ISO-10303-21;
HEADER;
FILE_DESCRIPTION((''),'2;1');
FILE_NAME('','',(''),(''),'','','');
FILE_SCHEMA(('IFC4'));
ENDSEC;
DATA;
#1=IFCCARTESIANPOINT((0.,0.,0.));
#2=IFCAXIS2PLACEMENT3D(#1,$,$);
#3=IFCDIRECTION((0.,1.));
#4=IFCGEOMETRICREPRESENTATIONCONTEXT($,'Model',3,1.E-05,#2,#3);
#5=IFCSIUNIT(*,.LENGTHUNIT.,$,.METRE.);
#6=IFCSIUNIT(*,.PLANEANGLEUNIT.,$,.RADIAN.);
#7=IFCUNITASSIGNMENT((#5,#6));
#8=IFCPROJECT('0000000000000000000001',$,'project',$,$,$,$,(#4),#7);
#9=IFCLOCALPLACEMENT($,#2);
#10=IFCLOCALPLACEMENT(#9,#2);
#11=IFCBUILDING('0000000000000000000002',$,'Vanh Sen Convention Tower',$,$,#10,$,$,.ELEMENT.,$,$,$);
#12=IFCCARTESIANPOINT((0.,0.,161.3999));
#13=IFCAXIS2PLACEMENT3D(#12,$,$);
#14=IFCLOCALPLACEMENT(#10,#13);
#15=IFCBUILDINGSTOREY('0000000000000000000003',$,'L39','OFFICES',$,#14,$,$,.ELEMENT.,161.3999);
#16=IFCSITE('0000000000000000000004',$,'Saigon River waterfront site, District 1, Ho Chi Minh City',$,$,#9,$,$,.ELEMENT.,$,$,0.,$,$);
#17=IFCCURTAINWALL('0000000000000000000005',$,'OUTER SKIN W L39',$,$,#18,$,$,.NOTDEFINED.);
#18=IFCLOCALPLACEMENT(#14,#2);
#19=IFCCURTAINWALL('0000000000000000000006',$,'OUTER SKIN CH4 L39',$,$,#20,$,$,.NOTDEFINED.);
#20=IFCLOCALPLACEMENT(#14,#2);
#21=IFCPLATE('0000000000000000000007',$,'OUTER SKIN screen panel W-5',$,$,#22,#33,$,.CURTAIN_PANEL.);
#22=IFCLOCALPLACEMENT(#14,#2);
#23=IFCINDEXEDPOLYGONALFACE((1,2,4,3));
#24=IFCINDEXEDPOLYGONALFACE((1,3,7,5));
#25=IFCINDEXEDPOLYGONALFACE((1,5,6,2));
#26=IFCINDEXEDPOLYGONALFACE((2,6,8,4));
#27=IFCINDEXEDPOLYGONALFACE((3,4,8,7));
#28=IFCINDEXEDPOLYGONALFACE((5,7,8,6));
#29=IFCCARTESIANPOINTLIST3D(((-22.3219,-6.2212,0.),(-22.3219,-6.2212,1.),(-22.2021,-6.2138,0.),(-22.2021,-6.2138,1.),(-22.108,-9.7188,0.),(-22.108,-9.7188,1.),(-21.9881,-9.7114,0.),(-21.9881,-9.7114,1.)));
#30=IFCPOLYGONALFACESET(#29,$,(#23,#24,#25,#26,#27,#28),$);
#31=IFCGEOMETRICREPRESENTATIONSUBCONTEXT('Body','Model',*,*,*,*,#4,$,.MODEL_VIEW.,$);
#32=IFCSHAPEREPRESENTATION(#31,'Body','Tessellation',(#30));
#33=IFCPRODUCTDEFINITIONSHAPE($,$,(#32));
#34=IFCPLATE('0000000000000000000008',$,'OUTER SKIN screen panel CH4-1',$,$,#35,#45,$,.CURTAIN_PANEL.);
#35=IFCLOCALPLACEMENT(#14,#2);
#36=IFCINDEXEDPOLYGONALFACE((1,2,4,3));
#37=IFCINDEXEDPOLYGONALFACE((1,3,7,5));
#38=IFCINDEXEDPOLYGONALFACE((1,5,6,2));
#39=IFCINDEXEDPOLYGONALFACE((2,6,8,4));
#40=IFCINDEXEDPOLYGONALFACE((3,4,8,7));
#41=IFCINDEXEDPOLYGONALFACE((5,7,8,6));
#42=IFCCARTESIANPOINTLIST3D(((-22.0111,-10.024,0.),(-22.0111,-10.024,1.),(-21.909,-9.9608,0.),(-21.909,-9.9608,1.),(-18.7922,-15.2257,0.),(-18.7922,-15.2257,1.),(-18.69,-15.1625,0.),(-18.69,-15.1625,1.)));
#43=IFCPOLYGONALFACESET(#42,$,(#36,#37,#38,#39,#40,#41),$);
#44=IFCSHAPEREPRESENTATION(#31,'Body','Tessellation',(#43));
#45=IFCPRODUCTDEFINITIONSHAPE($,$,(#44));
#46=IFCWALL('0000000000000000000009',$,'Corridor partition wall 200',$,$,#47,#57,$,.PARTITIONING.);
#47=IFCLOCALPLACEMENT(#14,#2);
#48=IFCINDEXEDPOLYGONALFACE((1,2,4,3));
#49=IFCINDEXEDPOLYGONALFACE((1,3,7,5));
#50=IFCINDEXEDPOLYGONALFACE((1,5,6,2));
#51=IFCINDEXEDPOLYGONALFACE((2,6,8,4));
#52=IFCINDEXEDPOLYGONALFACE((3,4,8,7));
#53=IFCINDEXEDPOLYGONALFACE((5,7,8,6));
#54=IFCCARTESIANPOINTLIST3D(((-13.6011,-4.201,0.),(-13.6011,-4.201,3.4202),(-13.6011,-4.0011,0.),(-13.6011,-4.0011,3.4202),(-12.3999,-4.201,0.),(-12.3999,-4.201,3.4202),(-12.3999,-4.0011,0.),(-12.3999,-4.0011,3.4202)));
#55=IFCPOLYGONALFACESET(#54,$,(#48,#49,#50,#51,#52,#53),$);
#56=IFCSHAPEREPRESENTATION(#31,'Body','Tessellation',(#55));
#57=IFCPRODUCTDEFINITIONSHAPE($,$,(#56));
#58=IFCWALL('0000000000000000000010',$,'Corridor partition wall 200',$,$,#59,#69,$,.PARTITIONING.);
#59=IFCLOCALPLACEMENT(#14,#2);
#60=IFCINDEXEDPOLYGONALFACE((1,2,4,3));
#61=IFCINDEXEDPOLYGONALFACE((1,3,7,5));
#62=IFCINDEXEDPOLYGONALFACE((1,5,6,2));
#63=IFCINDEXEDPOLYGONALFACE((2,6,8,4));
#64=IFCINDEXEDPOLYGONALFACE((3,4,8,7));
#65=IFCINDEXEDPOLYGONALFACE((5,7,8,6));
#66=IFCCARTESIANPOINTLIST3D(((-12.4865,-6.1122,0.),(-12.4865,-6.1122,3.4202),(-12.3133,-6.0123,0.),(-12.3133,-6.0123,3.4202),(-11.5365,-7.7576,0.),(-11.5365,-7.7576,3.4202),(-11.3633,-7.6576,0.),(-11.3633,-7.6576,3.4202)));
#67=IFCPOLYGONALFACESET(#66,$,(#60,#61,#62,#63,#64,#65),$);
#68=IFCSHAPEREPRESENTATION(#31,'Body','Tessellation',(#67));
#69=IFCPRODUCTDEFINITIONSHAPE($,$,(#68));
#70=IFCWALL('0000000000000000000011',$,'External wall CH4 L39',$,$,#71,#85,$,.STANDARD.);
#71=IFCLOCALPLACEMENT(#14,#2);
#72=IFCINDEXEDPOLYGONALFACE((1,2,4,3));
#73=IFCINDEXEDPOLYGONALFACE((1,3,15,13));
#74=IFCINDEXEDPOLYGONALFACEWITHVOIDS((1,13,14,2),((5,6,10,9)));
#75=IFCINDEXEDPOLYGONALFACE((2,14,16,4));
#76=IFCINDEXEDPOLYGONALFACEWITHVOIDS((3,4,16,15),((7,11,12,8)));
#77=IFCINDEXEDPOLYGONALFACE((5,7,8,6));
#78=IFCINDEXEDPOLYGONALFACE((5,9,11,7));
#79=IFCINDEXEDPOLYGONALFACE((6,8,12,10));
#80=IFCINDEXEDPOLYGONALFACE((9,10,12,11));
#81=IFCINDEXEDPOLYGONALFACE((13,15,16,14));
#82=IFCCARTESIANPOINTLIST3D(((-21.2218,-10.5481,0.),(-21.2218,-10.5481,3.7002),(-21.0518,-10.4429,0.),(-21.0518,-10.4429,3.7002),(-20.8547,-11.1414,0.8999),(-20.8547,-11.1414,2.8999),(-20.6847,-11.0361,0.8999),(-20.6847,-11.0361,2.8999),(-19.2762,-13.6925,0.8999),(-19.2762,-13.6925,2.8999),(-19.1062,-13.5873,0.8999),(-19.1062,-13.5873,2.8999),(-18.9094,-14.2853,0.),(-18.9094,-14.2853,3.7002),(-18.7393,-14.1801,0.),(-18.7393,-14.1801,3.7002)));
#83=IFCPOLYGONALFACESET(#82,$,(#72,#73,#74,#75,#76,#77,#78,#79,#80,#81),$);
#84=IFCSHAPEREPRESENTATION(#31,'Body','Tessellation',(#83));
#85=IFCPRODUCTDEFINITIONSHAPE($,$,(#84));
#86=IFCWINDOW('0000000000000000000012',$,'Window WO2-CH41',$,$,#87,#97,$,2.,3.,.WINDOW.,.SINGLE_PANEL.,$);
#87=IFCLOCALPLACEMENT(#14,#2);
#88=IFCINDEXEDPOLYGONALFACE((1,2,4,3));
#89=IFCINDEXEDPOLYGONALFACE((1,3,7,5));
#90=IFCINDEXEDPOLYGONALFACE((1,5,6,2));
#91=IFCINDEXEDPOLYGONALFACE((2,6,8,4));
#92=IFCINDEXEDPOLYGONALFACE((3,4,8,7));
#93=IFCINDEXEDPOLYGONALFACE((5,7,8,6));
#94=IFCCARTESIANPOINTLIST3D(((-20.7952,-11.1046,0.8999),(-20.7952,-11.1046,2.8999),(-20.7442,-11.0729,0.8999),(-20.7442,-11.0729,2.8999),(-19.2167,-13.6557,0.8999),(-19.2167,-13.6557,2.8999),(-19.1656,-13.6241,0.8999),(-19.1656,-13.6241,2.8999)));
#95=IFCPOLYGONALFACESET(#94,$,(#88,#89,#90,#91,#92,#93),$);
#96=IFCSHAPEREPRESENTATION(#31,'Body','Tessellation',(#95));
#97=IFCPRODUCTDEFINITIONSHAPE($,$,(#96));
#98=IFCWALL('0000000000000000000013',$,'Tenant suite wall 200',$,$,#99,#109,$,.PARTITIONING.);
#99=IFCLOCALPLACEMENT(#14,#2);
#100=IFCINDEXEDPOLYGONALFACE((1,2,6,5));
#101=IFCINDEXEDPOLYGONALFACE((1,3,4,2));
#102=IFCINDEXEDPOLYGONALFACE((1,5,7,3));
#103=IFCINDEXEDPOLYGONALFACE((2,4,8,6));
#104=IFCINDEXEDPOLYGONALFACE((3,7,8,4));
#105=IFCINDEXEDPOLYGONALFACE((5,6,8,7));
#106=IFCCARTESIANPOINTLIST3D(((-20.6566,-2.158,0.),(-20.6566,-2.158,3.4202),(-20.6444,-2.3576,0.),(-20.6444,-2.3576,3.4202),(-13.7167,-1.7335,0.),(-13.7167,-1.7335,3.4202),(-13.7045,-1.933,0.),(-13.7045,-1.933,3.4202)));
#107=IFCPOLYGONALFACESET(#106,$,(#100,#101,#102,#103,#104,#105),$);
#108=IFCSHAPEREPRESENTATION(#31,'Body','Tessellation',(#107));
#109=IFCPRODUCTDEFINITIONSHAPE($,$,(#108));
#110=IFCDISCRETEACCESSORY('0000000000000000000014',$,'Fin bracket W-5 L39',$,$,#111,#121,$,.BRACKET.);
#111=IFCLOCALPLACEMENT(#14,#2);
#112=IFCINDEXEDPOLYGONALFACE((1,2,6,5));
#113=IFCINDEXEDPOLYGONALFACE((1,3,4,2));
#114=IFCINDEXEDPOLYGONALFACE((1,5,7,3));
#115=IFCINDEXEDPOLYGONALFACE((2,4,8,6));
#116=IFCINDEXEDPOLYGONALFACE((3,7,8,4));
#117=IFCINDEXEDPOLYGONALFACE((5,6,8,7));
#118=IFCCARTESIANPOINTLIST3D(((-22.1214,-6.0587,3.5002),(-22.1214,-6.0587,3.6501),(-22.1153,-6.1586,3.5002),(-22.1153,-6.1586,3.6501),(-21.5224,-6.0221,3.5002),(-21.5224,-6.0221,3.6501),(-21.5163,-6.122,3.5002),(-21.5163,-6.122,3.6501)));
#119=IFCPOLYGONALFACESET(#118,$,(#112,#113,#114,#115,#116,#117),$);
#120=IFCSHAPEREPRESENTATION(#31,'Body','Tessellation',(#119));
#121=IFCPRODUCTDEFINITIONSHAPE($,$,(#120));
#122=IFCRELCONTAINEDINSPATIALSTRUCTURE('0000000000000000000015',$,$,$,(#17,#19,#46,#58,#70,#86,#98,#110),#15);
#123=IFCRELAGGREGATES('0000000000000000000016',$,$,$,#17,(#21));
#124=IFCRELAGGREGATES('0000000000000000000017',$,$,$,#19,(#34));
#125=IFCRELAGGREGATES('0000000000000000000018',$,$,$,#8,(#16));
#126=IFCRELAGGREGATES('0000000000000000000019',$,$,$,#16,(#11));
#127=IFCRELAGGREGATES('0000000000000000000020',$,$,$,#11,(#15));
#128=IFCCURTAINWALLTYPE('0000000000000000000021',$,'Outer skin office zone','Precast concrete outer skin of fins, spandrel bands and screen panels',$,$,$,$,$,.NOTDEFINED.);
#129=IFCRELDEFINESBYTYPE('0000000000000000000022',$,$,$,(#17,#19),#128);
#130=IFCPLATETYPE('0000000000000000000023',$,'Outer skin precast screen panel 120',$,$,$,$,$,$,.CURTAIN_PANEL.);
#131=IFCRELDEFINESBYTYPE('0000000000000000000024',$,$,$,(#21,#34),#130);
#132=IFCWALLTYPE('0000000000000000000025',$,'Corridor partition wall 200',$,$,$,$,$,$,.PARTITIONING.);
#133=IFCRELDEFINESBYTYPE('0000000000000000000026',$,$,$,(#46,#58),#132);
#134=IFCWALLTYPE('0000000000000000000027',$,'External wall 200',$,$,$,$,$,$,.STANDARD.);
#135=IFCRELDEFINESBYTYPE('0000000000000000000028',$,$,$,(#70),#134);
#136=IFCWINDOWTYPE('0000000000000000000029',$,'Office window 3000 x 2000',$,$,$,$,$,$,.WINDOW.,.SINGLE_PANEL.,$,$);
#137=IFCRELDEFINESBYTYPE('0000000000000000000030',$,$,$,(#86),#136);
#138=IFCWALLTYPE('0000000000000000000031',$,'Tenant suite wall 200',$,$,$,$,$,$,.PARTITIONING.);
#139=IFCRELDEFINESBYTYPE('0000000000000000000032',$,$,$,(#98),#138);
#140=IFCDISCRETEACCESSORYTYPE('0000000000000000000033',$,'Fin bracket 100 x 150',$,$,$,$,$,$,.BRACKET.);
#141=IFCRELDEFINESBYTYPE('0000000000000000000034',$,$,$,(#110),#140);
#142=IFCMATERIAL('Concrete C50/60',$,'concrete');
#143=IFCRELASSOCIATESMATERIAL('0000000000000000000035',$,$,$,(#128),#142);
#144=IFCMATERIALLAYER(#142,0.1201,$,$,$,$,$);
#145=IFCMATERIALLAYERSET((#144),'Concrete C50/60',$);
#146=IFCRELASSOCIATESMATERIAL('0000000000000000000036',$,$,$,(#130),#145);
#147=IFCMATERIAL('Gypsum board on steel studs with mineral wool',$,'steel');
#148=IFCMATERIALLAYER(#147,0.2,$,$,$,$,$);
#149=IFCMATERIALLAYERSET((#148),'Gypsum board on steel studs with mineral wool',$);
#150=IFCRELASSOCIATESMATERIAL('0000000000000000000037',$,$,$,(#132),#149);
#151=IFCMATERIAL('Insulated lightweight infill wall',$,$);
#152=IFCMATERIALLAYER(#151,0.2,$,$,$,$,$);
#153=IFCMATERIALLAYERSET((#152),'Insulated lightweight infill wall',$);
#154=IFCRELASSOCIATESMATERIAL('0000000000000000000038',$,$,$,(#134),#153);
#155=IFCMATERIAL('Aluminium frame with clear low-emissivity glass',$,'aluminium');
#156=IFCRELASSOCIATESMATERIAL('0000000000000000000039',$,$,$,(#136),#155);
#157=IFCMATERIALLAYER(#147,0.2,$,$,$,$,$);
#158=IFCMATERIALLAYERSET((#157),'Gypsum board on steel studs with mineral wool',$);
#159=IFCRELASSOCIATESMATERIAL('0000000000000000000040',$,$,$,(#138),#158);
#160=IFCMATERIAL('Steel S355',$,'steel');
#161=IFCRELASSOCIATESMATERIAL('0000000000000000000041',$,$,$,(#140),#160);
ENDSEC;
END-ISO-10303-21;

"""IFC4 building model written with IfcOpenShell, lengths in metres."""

from ifc_helpers import new_model, si_unit, direction, frame, frame_2d, origin, origin_2d, place, context, subcontext, project, spatial, rectangle, extrude, material, layer, layer_set, type_object, element, fill, aggregate, save


model = new_model("IFC4")

# Units and contexts
model_context = context("Model", 3, precision=1e-05, world=origin(), true_north=direction((0.0, 1.0)))
body_context = subcontext(model_context, "Body", "Model", "MODEL_VIEW")
ifc_project = project(units=[si_unit("LENGTHUNIT", "METRE"), si_unit("PLANEANGLEUNIT", "RADIAN")], contexts=[model_context])

# Site, building, storey
site_placement = place(None, origin())
site = spatial("IfcSite", under=ifc_project, at=site_placement, Name="Saigon River waterfront site, District 1, Ho Chi Minh City", CompositionType="ELEMENT", RefElevation=0.0)
building_placement = place(site_placement, origin())
building = spatial("IfcBuilding", under=site, at=building_placement, Name="Vanh Sen Convention Tower", CompositionType="ELEMENT")
storey_placement = place(building_placement, frame((0.0, 0.0, 161.3999)))
storey = spatial("IfcBuildingStorey", under=building, at=storey_placement, Name="L39", Description="OFFICES", CompositionType="ELEMENT", Elevation=161.3999)

# Curtain wall
ifc_material_1 = material(Name="Concrete C50/60", Category="concrete")
curtain_wall_type = type_object("IfcCurtainWallType", Name="Outer skin office zone", Description="Precast concrete outer skin of fins, spandrel bands and screen panels", PredefinedType="NOTDEFINED", material=ifc_material_1)
curtain_wall_1_placement = place(storey_placement, origin())
curtain_wall_1 = element("IfcCurtainWall", 1, at=curtain_wall_1_placement, inside=storey, type_object=curtain_wall_type, Name="OUTER SKIN W L39", PredefinedType="NOTDEFINED")

# Curtain wall
curtain_wall_2_placement = place(storey_placement, origin())
curtain_wall_2 = element("IfcCurtainWall", 2, at=curtain_wall_2_placement, inside=storey, type_object=curtain_wall_type, Name="OUTER SKIN CH4 L39", PredefinedType="NOTDEFINED")

# Plates
ifc_layer_1 = layer(ifc_material_1, 0.1201)
ifc_layer_set_1 = layer_set([ifc_layer_1], Name="Concrete C50/60")
plate_type = type_object("IfcPlateType", Name="Outer skin precast screen panel 120", PredefinedType="CURTAIN_PANEL", material=ifc_layer_set_1)
plate_1_placement = place(storey_placement, frame((-22.155, -7.9663, 0.0), z_axis=(0.0, 0.0, 1.0), x_axis=(0.061054, -0.998134, 0.0)))
plate_1 = element("IfcPlate", 3, at=plate_1_placement, type_object=plate_type, Name="OUTER SKIN screen panel W-5", PredefinedType="CURTAIN_PANEL", context=body_context, shape_type="SweptSolid", body=[
    extrude(rectangle(XDim=3.5042, YDim=0.1201, at=origin_2d()), origin(), (0.0, 0.0, 1.0), 1.0),
])
aggregate(curtain_wall_1, [plate_1])
plate_2_placement = place(storey_placement, frame((-20.3506, -12.5933, 0.0), z_axis=(0.0, 0.0, 1.0), x_axis=(0.526218, -0.850349, 0.0)))
plate_2 = element("IfcPlate", 4, at=plate_2_placement, type_object=plate_type, Name="OUTER SKIN screen panel CH4-1", PredefinedType="CURTAIN_PANEL", context=body_context, shape_type="SweptSolid", body=[
    extrude(rectangle(XDim=6.1172, YDim=0.1201, at=origin_2d()), origin(), (0.0, 0.0, 1.0), 1.0),
])
aggregate(curtain_wall_2, [plate_2])

# Walls
ifc_material_2 = material(Name="Gypsum board on steel studs with mineral wool", Category="steel")
ifc_layer_2 = layer(ifc_material_2, 0.2)
ifc_layer_set_2 = layer_set([ifc_layer_2], Name="Gypsum board on steel studs with mineral wool")
wall_type_1 = type_object("IfcWallType", Name="Corridor partition wall 200", PredefinedType="PARTITIONING", material=ifc_layer_set_2)
wall_1_placement = place(storey_placement, frame((-13.6011, -4.1011, 0.0), z_axis=(0.0, 0.0, 1.0), x_axis=(1.0, 0.0, 0.0)))
element("IfcWall", 5, at=wall_1_placement, inside=storey, type_object=wall_type_1, Name="Corridor partition wall 200", PredefinedType="PARTITIONING", context=body_context, shape_type="SweptSolid", body=[
    extrude(rectangle(XDim=1.2012, YDim=0.2, at=frame_2d((0.6006, 0.0))), origin(), (0.0, 0.0, 1.0), 3.4202),
])
wall_2_placement = place(storey_placement, frame((-12.3999, -6.0623, 0.0), z_axis=(0.0, 0.0, 1.0), x_axis=(0.500023, -0.866012, 0.0)))
element("IfcWall", 6, at=wall_2_placement, inside=storey, type_object=wall_type_1, Name="Corridor partition wall 200", PredefinedType="PARTITIONING", context=body_context, shape_type="SweptSolid", body=[
    extrude(rectangle(XDim=1.8999, YDim=0.2, at=frame_2d((0.95, 0.0))), origin(), (0.0, 0.0, 1.0), 3.4202),
])

# Wall, opening, window
ifc_material_3 = material(Name="Insulated lightweight infill wall")
ifc_layer_3 = layer(ifc_material_3, 0.2)
ifc_layer_set_3 = layer_set([ifc_layer_3], Name="Insulated lightweight infill wall")
wall_type_2 = type_object("IfcWallType", Name="External wall 200", PredefinedType="STANDARD", material=ifc_layer_set_3)
wall_3_placement = place(storey_placement, frame((-21.1367, -10.4956, 0.0), z_axis=(0.0, 0.0, 1.0), x_axis=(0.526179, -0.850374, 0.0)))
wall_3 = element("IfcWall", 7, at=wall_3_placement, inside=storey, type_object=wall_type_2, Name="External wall CH4 L39", PredefinedType="STANDARD", context=body_context, shape_type="SweptSolid", body=[
    extrude(rectangle(XDim=4.3948, YDim=0.2, at=frame_2d((2.1973, 0.0))), origin(), (0.0, 0.0, 1.0), 3.7002),
])
opening_placement = place(wall_3_placement, frame((0.6975, 0.0, 0.8999)))
opening = element("IfcOpeningElement", 8, at=opening_placement, cuts=wall_3, PredefinedType="OPENING", context=body_context, shape_type="SweptSolid", body=[
    extrude(rectangle(XDim=3.0, YDim=2.0, at=frame_2d((1.5, 1.0))), frame((0.0, 0.1099, 0.0), z_axis=(0.0, -1.0, 0.0), x_axis=(1.0, 0.0, 0.0)), (0.0, 0.0, 1.0), 0.22),
])
ifc_material_4 = material(Name="Aluminium frame with clear low-emissivity glass", Category="aluminium")
window_type = type_object("IfcWindowType", Name="Office window 3000 x 2000", PartitioningType="SINGLE_PANEL", PredefinedType="WINDOW", material=ifc_material_4)
window_placement = place(opening_placement, origin())
window = element("IfcWindow", 9, at=window_placement, inside=storey, type_object=window_type, Name="Window WO2-CH41", OverallHeight=2.0, OverallWidth=3.0, PartitioningType="SINGLE_PANEL", PredefinedType="WINDOW", context=body_context, shape_type="SweptSolid", body=[
    extrude(rectangle(XDim=3.0, YDim=2.0, at=frame_2d((1.5, 1.0))), frame((0.0, 0.03, 0.0), z_axis=(0.0, -1.0, 0.0), x_axis=(1.0, 0.0, 0.0)), (0.0, 0.0, 1.0), 0.0601),
])
fill(opening, window)

# Wall
ifc_layer_4 = layer(ifc_material_2, 0.2)
ifc_layer_set_4 = layer_set([ifc_layer_4], Name="Gypsum board on steel studs with mineral wool")
wall_type_3 = type_object("IfcWallType", Name="Tenant suite wall 200", PredefinedType="PARTITIONING", material=ifc_layer_set_4)
wall_4_placement = place(storey_placement, frame((-20.6506, -2.2578, 0.0), z_axis=(0.0, 0.0, 1.0), x_axis=(0.998134, 0.061062, 0.0)))
element("IfcWall", 10, at=wall_4_placement, inside=storey, type_object=wall_type_3, Name="Tenant suite wall 200", PredefinedType="PARTITIONING", context=body_context, shape_type="SweptSolid", body=[
    extrude(rectangle(XDim=6.9529, YDim=0.2, at=frame_2d((3.4766, 0.0))), origin(), (0.0, 0.0, 1.0), 3.4202),
])

# Discrete accessory
ifc_material_5 = material(Name="Steel S355", Category="steel")
discrete_accessory_type = type_object("IfcDiscreteAccessoryType", Name="Fin bracket 100 x 150", PredefinedType="BRACKET", material=ifc_material_5)
discrete_accessory_placement = place(storey_placement, frame((-21.8188, -6.0903, 3.5002), z_axis=(0.0, 0.0, 1.0), x_axis=(-0.998135, -0.061049, 0.0)))
element("IfcDiscreteAccessory", 11, at=discrete_accessory_placement, inside=storey, type_object=discrete_accessory_type, Name="Fin bracket W-5 L39", PredefinedType="BRACKET", context=body_context, shape_type="SweptSolid", body=[
    extrude(rectangle(XDim=0.6001, YDim=0.1001, at=origin_2d()), origin(), (0.0, 0.0, 1.0), 0.1499),
])

save(model, "model.ifc")
